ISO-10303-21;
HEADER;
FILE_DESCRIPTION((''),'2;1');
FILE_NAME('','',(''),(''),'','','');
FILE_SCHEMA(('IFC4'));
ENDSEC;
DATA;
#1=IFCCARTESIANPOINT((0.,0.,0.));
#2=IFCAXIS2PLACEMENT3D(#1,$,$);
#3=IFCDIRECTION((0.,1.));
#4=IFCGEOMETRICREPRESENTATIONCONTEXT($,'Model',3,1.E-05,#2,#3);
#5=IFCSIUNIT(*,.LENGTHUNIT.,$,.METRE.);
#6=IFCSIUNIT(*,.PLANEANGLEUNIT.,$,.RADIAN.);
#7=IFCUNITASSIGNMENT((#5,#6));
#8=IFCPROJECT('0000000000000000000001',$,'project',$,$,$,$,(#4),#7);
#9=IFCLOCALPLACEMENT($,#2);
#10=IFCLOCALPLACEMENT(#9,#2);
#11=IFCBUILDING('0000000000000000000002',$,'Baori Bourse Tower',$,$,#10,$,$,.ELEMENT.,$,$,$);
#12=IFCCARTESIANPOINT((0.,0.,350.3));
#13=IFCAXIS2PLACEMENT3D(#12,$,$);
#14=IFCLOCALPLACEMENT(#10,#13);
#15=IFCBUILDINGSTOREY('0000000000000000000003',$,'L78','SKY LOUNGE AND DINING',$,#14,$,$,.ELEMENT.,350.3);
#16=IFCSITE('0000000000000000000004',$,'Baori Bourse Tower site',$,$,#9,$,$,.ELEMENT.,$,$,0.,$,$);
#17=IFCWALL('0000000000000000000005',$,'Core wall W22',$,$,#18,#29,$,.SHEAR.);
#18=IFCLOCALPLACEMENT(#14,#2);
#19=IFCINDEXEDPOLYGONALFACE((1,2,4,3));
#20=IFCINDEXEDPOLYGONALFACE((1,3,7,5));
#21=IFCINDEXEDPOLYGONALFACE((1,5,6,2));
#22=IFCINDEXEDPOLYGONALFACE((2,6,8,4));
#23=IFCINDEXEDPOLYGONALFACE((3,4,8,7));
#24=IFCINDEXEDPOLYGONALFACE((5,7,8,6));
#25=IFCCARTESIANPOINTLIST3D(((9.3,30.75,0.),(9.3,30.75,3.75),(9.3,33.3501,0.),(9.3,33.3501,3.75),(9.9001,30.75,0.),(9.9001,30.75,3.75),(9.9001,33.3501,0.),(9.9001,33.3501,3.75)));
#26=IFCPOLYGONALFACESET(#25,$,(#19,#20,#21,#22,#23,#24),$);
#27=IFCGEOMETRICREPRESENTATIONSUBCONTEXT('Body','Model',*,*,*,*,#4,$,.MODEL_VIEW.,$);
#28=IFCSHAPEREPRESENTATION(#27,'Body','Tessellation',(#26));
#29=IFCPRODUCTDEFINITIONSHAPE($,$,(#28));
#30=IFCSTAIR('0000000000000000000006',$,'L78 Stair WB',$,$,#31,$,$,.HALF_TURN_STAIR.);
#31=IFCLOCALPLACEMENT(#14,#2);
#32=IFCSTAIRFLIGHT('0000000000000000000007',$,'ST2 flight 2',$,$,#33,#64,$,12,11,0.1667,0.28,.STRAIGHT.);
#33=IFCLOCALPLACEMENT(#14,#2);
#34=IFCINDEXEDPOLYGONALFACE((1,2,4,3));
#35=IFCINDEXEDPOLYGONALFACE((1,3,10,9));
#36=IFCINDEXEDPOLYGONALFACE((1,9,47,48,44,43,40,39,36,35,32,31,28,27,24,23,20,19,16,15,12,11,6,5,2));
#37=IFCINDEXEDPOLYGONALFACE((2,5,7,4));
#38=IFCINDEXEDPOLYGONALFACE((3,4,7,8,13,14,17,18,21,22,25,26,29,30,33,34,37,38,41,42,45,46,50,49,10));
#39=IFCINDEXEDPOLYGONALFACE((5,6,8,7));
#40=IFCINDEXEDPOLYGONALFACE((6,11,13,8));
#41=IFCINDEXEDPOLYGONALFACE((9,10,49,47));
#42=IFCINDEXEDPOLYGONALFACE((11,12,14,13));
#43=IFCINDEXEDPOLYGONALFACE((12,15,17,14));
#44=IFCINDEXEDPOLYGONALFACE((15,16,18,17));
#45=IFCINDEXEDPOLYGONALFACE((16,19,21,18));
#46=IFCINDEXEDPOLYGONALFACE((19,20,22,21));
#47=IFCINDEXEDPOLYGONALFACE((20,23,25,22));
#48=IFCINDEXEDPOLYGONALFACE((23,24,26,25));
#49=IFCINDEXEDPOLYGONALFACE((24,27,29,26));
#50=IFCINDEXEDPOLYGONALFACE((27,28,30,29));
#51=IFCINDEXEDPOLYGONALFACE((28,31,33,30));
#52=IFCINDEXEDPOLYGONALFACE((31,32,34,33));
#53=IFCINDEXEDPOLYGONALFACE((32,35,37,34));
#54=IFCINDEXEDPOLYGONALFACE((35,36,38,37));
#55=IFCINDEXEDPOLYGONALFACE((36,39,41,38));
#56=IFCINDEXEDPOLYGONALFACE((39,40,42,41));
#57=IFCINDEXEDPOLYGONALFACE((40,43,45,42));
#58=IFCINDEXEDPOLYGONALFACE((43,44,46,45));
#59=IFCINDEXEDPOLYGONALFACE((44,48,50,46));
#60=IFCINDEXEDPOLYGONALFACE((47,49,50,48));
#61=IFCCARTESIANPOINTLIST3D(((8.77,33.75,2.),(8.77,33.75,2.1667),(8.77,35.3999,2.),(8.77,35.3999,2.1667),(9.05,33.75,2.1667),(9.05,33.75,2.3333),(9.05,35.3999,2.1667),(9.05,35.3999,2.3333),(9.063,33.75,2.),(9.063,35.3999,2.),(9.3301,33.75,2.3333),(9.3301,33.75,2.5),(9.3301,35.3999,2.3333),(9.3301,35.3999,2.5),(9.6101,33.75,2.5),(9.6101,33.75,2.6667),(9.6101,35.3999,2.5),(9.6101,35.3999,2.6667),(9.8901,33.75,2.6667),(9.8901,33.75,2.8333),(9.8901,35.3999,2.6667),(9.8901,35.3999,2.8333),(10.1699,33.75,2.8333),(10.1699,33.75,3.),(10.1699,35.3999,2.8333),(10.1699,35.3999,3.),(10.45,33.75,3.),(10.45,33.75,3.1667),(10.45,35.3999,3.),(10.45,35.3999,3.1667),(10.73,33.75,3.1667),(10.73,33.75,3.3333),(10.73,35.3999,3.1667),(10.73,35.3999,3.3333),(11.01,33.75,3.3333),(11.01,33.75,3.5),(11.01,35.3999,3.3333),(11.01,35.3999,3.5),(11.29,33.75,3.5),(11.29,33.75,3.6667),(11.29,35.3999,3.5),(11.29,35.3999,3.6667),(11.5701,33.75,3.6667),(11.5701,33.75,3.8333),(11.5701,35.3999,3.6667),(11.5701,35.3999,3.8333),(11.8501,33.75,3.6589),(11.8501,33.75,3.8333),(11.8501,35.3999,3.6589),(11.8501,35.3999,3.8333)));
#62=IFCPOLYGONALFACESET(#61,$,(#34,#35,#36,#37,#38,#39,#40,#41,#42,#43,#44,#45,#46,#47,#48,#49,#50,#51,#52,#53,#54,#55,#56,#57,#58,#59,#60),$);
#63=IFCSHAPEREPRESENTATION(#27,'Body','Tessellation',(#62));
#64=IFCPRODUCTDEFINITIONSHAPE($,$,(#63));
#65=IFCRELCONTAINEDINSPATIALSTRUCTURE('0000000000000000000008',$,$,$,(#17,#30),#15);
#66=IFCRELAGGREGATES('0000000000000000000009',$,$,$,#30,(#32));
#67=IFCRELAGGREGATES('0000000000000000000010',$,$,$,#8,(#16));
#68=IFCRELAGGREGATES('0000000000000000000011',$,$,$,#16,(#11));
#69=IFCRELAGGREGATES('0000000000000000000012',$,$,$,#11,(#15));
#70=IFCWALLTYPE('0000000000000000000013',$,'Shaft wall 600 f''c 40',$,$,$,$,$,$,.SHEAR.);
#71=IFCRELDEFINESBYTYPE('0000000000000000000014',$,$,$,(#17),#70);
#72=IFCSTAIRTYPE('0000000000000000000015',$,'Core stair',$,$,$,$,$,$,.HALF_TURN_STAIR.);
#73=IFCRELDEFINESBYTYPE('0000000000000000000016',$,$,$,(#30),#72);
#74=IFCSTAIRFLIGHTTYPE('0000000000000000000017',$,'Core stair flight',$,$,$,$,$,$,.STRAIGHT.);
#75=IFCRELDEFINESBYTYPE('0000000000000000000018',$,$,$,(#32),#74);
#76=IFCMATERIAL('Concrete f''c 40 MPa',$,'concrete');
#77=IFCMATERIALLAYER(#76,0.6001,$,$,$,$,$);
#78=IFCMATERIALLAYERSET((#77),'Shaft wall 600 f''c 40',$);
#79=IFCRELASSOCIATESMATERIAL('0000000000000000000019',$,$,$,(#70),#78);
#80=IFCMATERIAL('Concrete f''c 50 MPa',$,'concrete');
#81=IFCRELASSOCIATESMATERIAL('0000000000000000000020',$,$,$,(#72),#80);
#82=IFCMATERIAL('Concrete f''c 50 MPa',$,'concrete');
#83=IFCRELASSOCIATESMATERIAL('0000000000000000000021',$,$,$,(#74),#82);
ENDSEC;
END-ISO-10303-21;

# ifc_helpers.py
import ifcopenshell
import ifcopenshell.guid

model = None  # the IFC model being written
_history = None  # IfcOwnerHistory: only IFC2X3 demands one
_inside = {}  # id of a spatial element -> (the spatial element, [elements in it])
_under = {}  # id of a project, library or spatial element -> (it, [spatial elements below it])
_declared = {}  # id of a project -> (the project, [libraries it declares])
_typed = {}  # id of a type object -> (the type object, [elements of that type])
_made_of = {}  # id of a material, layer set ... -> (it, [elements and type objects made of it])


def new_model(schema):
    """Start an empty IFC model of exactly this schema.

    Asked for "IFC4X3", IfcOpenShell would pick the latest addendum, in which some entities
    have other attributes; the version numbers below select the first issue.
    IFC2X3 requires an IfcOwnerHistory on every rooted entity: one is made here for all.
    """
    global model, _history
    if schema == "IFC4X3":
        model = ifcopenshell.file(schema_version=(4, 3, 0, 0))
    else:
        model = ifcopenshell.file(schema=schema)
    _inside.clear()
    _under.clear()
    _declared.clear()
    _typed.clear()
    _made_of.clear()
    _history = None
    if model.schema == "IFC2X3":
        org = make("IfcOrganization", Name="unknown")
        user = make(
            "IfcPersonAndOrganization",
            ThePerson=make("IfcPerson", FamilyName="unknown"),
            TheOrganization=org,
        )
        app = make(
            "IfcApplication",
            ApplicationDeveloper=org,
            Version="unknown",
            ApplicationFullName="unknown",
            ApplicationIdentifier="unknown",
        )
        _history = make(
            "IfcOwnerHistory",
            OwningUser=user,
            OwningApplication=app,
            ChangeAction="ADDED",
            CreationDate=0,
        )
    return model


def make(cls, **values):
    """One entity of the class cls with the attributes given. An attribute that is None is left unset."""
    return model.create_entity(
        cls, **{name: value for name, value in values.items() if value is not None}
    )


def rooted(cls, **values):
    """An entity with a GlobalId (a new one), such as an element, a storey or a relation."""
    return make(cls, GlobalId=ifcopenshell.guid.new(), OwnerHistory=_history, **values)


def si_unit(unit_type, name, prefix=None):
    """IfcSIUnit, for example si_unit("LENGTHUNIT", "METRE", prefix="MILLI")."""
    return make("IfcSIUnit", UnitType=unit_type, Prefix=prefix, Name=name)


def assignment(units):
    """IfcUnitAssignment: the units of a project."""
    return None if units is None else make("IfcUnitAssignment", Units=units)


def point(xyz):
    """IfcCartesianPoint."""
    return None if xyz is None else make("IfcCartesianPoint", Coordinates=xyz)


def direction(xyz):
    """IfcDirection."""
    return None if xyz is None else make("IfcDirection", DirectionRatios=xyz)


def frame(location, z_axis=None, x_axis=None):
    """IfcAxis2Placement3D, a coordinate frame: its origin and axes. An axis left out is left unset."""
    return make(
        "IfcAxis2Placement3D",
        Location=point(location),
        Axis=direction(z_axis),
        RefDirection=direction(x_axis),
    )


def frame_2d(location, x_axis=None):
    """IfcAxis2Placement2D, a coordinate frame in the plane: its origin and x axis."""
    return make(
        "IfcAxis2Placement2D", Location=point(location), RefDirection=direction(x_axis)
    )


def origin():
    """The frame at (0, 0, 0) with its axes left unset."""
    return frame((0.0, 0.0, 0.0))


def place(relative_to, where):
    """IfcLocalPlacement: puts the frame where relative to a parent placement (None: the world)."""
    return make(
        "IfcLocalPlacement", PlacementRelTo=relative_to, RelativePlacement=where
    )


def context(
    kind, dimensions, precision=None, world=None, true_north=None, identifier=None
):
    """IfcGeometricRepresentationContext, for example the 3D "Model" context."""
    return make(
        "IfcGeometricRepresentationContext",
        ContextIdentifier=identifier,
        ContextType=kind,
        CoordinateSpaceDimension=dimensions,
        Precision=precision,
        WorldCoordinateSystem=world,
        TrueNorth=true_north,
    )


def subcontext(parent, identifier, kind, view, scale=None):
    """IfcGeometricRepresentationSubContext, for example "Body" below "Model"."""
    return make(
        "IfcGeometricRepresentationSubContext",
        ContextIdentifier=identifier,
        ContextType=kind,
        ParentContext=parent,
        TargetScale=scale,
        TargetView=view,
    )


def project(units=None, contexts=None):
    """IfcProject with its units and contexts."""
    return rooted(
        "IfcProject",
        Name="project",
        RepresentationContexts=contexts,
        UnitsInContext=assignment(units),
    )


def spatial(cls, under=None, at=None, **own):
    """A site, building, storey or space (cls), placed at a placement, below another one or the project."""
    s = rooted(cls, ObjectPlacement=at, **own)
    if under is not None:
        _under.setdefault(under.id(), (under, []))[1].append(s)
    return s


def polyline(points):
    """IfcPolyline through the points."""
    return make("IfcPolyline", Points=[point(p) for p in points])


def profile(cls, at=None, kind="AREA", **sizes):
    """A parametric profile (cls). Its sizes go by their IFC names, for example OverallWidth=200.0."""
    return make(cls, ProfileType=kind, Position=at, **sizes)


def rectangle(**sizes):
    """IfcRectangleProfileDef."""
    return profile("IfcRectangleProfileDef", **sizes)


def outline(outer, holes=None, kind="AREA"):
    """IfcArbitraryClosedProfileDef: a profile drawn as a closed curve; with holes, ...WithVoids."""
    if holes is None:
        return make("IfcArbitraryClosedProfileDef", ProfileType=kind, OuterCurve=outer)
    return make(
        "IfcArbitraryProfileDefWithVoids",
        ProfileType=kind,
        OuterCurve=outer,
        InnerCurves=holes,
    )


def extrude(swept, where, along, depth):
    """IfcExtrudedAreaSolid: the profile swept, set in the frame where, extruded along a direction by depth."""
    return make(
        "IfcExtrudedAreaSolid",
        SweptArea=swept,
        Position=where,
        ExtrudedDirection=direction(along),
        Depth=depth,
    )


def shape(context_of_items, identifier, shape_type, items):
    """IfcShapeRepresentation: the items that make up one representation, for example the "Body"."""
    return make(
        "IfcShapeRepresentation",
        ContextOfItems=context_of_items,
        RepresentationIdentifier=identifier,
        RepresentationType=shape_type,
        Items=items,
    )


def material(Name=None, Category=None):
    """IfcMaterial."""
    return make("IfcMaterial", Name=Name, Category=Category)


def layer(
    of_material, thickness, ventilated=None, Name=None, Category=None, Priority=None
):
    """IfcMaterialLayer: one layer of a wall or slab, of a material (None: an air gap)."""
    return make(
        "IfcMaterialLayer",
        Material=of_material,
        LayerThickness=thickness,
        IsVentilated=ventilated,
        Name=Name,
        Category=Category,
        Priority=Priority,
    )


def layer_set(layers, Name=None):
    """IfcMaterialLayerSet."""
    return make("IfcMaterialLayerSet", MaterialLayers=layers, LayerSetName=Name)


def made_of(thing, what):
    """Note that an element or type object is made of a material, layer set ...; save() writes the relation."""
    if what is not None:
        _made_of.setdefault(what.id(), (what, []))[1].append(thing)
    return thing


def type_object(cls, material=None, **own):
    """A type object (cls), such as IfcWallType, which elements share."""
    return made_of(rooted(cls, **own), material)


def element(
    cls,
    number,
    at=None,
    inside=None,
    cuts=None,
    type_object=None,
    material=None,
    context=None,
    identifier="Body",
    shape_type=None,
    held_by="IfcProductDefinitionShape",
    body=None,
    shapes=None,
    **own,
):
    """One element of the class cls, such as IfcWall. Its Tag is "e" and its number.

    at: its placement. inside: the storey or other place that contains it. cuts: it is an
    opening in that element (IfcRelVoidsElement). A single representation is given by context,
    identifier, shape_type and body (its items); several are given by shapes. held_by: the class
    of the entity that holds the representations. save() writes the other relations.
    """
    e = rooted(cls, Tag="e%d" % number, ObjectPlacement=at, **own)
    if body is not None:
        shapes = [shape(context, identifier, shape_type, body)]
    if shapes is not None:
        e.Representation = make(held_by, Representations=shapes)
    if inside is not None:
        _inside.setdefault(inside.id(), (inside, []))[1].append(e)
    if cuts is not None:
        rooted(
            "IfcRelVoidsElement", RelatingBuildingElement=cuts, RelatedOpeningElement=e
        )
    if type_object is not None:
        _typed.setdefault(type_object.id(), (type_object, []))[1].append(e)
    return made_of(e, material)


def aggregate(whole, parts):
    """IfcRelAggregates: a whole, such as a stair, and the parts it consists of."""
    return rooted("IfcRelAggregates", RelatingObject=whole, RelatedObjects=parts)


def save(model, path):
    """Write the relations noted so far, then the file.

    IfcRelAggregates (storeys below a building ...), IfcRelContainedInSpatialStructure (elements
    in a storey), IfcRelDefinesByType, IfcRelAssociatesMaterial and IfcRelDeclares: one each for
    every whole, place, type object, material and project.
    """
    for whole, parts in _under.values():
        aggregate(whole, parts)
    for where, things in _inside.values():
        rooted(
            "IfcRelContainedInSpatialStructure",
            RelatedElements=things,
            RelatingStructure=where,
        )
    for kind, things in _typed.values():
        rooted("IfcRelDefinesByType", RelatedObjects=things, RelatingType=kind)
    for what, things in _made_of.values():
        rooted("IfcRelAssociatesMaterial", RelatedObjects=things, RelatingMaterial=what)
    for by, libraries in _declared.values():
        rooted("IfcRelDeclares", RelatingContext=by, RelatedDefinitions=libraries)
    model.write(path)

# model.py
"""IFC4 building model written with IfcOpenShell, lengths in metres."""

from ifc_helpers import new_model, si_unit, direction, frame, frame_2d, origin, place, context, subcontext, project, spatial, polyline, rectangle, outline, extrude, material, layer, layer_set, type_object, element, aggregate, save


model = new_model("IFC4")

# Units and contexts
model_context = context("Model", 3, precision=1e-05, world=origin(), true_north=direction((0.0, 1.0)))
body_context = subcontext(model_context, "Body", "Model", "MODEL_VIEW")
ifc_project = project(units=[si_unit("LENGTHUNIT", "METRE"), si_unit("PLANEANGLEUNIT", "RADIAN")], contexts=[model_context])

# Site, building, storey
site_placement = place(None, origin())
site = spatial("IfcSite", under=ifc_project, at=site_placement, Name="Baori Bourse Tower site", CompositionType="ELEMENT", RefElevation=0.0)
building_placement = place(site_placement, origin())
building = spatial("IfcBuilding", under=site, at=building_placement, Name="Baori Bourse Tower", CompositionType="ELEMENT")
storey_placement = place(building_placement, frame((0.0, 0.0, 350.3)))
storey = spatial("IfcBuildingStorey", under=building, at=storey_placement, Name="L78", Description="SKY LOUNGE AND DINING", CompositionType="ELEMENT", Elevation=350.3)

# Wall
ifc_material_1 = material(Name="Concrete f'c 40 MPa", Category="concrete")
ifc_layer_1 = layer(ifc_material_1, 0.6001)
ifc_layer_set_1 = layer_set([ifc_layer_1], Name="Shaft wall 600 f'c 40")
wall_type_1 = type_object("IfcWallType", Name="Shaft wall 600 f'c 40", PredefinedType="SHEAR", material=ifc_layer_set_1)
for number, where, z_axis, x_axis, name in (
    (1, (9.6001, 30.75, 0.0), (0.0, 0.0, 1.0), (0.0, 1.0, 0.0), "Core wall W22"),
):
    element("IfcWall", number, at=place(storey_placement, frame(where, z_axis=z_axis, x_axis=x_axis)), inside=storey, type_object=wall_type_1, Name=name, PredefinedType="SHEAR", context=body_context, shape_type="SweptSolid", body=[
        extrude(rectangle(XDim=2.6001, YDim=0.6001, at=frame_2d((1.3, 0.0))), origin(), (0.0, 0.0, 1.0), 3.75),
    ])

# Stair, stair flight
ifc_material_2 = material(Name="Concrete f'c 50 MPa", Category="concrete")
stair_type = type_object("IfcStairType", Name="Core stair", PredefinedType="HALF_TURN_STAIR", material=ifc_material_2)
stair_placement = place(storey_placement, origin())
stair = element("IfcStair", 2, at=stair_placement, inside=storey, type_object=stair_type, Name="L78 Stair WB", PredefinedType="HALF_TURN_STAIR")
ifc_material_3 = material(Name="Concrete f'c 50 MPa", Category="concrete")
stair_flight_type = type_object("IfcStairFlightType", Name="Core stair flight", PredefinedType="STRAIGHT", material=ifc_material_3)
stair_flight_placement = place(storey_placement, frame((8.77, 34.575, 2.0), z_axis=(0.0, 0.0, 1.0), x_axis=(1.0, 0.0, 0.0)))
stair_flight = element("IfcStairFlight", 3, at=stair_flight_placement, type_object=stair_flight_type, Name="ST2 flight 2", NumberOfRisers=12, NumberOfTreads=11, PredefinedType="STRAIGHT", RiserHeight=0.1667, TreadLength=0.28, context=body_context, shape_type="SweptSolid", body=[
    extrude(outline(polyline([(0.0, 0.0), (0.0, 0.1667), (0.28, 0.1667), (0.28, 0.3333), (0.5601, 0.3333), (0.5601, 0.5), (0.8401, 0.5), (0.8401, 0.6667), (1.1201, 0.6667), (1.1201, 0.8333), (1.3999, 0.8333), (1.3999, 1.0), (1.6799, 1.0), (1.6799, 1.1667), (1.96, 1.1667), (1.96, 1.3333), (2.24, 1.3333), (2.24, 1.5), (2.52, 1.5), (2.52, 1.6667), (2.8, 1.6667), (2.8, 1.8333), (3.0801, 1.8333), (3.0801, 2.0), (3.0801, 1.6589), (0.293, 0.0), (0.0, 0.0)])), frame((0.0, 0.825, 0.0), z_axis=(0.0, -1.0, 0.0), x_axis=(1.0, 0.0, 0.0)), (0.0, 0.0, 1.0), 1.6499),
])
aggregate(stair, [stair_flight])

save(model, "model.ifc")
